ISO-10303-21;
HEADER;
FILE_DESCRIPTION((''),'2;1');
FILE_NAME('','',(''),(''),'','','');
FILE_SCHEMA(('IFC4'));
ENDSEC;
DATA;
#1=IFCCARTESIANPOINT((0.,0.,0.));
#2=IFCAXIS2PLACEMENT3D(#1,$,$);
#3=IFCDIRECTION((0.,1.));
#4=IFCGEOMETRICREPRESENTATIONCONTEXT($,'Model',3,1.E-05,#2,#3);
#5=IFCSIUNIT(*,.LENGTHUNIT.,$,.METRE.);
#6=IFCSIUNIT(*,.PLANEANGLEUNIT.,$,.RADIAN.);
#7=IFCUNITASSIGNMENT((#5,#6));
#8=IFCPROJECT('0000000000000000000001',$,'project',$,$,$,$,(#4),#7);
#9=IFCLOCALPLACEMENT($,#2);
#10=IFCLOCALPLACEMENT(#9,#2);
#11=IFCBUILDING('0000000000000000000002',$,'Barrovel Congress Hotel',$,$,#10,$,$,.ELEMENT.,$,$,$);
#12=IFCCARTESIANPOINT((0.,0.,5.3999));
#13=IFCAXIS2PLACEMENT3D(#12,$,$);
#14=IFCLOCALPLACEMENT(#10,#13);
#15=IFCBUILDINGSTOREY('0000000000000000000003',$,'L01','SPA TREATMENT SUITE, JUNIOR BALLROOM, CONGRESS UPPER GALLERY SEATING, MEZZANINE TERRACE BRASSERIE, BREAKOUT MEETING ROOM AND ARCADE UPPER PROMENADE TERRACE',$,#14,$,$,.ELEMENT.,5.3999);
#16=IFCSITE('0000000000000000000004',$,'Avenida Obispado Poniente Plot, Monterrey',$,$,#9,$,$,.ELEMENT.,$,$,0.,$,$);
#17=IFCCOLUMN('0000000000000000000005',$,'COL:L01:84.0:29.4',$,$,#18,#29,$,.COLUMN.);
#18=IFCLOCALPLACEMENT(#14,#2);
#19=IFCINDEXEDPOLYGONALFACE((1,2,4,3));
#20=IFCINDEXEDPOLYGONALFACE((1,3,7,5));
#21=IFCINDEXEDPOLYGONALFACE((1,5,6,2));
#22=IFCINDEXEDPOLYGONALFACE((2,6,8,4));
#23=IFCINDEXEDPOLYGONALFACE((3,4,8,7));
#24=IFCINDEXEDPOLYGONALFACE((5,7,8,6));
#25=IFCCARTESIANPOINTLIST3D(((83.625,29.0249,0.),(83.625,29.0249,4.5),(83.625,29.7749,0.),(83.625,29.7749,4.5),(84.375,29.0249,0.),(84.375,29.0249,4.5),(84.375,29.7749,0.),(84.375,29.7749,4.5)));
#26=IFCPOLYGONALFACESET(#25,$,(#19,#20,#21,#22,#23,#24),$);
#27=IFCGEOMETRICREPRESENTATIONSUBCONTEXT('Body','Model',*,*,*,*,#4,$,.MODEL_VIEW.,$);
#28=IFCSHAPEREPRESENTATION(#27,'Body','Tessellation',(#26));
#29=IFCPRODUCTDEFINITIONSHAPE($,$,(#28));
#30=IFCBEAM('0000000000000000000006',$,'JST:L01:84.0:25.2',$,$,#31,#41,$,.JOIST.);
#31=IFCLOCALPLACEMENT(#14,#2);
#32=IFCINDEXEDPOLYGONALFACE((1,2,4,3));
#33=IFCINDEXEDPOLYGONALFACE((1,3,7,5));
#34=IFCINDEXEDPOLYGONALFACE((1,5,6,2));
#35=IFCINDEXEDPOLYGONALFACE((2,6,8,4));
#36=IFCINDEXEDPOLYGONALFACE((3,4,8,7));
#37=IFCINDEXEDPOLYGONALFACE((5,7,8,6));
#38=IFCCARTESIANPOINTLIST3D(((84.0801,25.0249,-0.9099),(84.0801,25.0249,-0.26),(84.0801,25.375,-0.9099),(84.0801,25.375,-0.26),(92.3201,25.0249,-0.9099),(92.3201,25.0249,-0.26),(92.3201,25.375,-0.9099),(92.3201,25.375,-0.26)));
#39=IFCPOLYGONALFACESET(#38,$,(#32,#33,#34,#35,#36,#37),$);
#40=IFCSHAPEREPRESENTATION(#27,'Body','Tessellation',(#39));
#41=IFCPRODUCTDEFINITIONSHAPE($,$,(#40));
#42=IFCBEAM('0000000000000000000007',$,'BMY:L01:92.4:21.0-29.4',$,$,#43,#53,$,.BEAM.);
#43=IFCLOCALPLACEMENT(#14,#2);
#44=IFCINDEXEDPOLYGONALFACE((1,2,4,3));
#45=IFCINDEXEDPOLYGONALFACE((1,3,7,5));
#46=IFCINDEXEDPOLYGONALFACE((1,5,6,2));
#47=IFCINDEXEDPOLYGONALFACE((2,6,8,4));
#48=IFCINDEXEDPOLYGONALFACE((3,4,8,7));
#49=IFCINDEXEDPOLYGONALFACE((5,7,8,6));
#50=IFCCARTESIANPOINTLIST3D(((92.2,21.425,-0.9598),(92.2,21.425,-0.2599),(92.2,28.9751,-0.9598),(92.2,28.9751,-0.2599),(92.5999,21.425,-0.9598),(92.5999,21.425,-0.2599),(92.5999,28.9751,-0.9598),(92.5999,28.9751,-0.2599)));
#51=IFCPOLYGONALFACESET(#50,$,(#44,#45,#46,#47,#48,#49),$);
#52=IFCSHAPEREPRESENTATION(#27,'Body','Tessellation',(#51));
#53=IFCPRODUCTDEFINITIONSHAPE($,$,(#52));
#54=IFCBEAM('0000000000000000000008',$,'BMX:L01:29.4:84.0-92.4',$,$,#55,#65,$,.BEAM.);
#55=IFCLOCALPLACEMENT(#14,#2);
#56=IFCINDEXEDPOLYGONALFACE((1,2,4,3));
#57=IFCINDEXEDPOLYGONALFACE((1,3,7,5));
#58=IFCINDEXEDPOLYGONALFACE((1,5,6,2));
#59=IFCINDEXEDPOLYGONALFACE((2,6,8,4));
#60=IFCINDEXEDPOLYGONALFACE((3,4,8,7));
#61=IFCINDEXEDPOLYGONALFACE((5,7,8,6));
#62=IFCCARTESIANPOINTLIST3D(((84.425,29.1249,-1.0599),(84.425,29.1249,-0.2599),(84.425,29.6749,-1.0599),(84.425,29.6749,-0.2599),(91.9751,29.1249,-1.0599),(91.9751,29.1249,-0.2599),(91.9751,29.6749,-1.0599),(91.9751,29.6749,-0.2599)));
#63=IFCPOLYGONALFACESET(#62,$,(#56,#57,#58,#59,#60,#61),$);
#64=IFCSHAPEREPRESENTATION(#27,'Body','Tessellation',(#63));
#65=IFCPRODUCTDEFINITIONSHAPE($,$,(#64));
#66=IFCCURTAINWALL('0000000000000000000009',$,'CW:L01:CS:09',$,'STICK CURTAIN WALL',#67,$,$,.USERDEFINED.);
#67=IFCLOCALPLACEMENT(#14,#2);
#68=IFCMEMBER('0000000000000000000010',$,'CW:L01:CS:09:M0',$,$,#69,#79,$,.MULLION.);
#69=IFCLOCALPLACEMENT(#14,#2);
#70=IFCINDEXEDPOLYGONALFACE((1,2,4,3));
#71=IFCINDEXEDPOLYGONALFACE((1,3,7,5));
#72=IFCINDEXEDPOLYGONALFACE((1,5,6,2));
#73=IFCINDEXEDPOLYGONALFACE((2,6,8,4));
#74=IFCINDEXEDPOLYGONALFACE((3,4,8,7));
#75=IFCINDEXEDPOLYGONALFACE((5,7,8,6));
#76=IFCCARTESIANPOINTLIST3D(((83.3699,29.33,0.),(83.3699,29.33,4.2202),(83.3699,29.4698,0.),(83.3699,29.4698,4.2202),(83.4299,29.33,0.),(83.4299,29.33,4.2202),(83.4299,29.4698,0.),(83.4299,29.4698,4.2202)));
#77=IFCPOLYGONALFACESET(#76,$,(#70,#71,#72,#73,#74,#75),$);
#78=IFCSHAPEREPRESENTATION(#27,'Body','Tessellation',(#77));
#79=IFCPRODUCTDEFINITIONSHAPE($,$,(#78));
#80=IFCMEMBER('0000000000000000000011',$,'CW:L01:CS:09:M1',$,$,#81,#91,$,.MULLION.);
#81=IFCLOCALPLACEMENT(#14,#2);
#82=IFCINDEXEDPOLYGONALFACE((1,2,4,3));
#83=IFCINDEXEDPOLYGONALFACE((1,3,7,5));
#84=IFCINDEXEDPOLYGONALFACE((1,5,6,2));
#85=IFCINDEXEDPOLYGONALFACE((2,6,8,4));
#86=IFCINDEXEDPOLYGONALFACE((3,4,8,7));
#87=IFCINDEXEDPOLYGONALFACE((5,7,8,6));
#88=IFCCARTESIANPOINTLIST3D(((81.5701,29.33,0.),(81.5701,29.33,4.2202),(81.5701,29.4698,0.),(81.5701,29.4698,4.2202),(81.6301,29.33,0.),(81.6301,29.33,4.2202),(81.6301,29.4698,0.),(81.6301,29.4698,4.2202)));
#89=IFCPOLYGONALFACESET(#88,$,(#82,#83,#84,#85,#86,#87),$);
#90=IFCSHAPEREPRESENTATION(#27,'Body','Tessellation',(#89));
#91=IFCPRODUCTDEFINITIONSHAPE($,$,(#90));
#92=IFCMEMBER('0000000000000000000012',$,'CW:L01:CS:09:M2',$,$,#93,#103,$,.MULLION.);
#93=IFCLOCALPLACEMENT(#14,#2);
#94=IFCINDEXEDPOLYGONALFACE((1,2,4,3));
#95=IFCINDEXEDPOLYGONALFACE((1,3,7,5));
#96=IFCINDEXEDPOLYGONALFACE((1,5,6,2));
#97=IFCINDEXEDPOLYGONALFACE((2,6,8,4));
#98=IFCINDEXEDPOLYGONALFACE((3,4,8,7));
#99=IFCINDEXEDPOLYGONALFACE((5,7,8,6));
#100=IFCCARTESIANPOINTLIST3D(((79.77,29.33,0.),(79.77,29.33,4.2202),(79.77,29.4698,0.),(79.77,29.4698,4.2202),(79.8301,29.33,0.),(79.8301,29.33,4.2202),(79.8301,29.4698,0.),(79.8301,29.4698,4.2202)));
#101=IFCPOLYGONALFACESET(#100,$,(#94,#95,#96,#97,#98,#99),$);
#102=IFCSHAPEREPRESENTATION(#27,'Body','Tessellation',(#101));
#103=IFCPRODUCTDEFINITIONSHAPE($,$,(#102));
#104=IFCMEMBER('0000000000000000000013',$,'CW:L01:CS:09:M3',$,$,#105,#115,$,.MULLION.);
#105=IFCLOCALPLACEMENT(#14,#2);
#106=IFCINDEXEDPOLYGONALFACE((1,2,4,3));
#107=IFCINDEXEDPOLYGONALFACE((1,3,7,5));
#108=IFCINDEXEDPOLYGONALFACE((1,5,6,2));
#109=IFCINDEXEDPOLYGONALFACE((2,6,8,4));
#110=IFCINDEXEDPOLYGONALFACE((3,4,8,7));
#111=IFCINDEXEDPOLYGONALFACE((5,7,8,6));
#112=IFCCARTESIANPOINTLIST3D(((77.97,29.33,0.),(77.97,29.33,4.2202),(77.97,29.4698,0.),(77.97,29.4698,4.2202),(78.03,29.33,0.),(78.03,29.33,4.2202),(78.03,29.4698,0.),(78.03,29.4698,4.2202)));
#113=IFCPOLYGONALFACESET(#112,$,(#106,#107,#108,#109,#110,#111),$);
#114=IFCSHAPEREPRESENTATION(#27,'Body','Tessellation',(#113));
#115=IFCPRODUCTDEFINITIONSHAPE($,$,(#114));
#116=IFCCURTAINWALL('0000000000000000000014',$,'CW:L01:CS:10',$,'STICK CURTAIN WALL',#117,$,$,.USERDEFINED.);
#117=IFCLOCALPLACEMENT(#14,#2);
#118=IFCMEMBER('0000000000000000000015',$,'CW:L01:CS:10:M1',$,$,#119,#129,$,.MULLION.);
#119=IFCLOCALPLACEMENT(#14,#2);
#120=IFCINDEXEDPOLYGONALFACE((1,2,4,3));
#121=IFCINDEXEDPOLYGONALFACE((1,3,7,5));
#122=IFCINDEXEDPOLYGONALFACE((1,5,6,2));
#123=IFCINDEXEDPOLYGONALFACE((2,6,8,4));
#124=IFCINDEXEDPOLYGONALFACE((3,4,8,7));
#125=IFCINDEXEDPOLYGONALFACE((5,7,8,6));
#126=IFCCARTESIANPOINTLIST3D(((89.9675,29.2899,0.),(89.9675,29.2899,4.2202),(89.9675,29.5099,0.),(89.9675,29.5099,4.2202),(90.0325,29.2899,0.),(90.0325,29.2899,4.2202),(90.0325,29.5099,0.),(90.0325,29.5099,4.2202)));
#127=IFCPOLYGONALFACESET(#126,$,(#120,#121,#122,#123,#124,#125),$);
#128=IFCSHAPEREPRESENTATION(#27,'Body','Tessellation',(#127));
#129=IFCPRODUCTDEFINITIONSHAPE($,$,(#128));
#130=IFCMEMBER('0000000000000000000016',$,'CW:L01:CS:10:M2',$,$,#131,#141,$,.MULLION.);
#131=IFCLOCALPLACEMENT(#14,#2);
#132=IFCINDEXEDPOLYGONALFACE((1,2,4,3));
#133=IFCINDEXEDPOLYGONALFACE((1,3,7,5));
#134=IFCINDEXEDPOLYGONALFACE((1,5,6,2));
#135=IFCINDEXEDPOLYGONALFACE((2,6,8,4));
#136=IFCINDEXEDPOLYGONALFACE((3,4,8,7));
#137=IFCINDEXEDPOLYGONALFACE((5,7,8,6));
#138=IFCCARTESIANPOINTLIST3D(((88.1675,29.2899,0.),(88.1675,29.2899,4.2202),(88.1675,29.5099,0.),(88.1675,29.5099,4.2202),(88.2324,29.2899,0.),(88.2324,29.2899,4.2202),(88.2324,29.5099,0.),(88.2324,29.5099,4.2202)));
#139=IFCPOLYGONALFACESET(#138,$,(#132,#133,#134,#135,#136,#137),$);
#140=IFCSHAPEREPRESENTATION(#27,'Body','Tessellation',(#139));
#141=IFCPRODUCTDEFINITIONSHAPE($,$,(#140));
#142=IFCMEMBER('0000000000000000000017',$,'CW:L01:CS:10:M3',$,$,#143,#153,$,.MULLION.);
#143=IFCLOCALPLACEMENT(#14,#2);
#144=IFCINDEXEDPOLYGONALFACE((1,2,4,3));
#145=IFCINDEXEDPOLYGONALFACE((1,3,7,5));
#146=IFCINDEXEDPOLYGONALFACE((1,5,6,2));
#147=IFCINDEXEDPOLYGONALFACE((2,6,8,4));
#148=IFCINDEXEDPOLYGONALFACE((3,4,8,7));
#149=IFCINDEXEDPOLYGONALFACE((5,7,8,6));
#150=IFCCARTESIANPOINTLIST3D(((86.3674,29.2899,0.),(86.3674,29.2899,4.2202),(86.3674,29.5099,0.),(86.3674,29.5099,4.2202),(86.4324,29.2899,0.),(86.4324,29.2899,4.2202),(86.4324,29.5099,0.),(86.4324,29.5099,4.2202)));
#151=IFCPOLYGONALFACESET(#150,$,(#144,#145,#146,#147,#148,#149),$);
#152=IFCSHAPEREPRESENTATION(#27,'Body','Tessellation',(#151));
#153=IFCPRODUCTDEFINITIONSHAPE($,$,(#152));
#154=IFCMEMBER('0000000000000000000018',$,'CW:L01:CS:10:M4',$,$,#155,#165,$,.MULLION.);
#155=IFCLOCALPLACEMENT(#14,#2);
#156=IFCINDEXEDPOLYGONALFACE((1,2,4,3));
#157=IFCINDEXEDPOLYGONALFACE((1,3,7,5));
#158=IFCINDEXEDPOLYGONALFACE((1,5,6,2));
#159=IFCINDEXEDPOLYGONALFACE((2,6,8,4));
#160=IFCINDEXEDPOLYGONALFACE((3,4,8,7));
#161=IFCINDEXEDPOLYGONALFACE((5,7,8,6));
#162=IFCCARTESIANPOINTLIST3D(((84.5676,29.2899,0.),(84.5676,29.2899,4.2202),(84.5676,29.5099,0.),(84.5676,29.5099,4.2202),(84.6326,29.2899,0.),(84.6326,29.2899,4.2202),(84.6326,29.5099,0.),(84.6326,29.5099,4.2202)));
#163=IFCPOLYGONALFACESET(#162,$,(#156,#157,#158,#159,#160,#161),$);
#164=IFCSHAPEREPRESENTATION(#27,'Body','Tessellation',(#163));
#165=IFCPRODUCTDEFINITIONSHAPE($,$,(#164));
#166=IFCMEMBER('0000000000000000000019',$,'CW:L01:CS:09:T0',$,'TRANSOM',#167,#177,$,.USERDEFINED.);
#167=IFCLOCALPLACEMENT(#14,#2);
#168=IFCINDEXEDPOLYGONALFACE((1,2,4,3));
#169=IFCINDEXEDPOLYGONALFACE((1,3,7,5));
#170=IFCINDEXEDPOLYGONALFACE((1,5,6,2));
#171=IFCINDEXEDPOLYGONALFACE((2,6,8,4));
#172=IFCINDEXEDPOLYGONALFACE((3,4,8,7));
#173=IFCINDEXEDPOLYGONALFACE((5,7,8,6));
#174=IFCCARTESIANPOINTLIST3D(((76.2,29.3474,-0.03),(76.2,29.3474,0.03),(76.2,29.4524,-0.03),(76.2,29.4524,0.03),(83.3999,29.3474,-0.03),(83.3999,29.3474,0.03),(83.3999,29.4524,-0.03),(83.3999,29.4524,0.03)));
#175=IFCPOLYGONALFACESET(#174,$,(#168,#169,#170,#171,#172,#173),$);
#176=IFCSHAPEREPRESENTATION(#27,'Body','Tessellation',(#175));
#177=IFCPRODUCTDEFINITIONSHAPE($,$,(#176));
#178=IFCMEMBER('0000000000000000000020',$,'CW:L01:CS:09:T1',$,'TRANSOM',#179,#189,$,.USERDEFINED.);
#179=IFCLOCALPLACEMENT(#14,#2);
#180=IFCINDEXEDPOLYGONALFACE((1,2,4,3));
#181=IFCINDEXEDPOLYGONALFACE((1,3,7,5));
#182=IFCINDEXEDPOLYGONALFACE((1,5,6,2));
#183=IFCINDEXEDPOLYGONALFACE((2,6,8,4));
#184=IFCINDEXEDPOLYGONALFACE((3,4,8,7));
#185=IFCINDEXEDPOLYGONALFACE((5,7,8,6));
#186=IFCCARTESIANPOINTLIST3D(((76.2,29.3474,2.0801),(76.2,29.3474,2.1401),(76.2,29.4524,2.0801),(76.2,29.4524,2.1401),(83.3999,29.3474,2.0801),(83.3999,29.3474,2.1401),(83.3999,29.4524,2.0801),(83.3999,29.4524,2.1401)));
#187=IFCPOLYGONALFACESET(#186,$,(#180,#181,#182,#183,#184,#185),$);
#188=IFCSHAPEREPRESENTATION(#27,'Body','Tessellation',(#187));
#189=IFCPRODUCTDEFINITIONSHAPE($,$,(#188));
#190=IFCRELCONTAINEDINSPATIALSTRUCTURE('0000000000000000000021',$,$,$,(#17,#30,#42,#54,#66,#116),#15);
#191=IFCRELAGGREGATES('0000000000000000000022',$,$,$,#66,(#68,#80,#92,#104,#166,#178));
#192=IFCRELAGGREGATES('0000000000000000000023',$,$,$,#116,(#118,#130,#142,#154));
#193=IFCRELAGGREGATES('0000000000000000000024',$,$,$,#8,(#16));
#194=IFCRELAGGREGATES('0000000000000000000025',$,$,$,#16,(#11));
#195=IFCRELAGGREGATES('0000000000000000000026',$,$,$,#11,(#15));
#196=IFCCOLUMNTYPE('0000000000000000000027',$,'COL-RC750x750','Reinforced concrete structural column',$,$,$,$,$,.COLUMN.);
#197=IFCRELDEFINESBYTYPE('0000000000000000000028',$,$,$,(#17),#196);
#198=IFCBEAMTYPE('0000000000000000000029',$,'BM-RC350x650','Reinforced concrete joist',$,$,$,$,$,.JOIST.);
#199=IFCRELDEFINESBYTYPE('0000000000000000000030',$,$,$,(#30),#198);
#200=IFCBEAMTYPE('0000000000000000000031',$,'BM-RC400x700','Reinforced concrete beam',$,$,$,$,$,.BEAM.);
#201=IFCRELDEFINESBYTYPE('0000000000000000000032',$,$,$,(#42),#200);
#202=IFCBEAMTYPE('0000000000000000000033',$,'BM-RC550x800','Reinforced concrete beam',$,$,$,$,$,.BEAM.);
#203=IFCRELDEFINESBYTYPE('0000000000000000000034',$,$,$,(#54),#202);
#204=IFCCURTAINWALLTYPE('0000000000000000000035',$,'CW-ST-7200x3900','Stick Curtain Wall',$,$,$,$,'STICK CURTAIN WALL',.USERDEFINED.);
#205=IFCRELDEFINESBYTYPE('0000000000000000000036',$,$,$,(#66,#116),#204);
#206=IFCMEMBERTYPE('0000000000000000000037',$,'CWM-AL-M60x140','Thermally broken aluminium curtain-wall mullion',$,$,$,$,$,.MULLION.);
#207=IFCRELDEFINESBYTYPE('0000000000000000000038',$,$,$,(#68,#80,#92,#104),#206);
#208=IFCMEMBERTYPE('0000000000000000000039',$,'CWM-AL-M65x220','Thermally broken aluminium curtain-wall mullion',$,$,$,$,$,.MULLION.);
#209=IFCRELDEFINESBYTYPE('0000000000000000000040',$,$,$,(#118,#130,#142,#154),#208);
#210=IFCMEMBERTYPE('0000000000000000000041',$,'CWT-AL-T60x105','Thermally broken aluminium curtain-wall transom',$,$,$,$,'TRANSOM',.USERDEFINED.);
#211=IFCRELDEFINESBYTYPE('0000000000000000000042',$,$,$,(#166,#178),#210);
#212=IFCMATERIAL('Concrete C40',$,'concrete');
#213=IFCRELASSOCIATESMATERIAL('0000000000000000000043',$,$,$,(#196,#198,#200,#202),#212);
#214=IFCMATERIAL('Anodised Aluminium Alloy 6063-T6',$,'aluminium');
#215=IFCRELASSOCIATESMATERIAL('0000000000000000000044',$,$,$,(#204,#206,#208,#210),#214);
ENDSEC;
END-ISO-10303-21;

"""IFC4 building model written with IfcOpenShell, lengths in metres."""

from ifc_helpers import new_model, si_unit, direction, frame, origin, origin_2d, place, context, subcontext, project, spatial, rectangle, extrude, material, material_profile, profile_set, type_object, element, aggregate, save


model = new_model("IFC4")

# Units and contexts
model_context = context("Model", 3, precision=1e-05, world=origin(), true_north=direction((0.0, 1.0)))
body_context = subcontext(model_context, "Body", "Model", "MODEL_VIEW")
ifc_project = project(units=[si_unit("LENGTHUNIT", "METRE"), si_unit("PLANEANGLEUNIT", "RADIAN")], contexts=[model_context])

# Site, building, storey
site_placement = place(None, origin())
site = spatial("IfcSite", under=ifc_project, at=site_placement, Name="Avenida Obispado Poniente Plot, Monterrey", CompositionType="ELEMENT", RefElevation=0.0)
building_placement = place(site_placement, origin())
building = spatial("IfcBuilding", under=site, at=building_placement, Name="Barrovel Congress Hotel", CompositionType="ELEMENT")
storey_placement = place(building_placement, frame((0.0, 0.0, 5.3999)))
storey = spatial("IfcBuildingStorey", under=building, at=storey_placement, Name="L01", Description="SPA TREATMENT SUITE, JUNIOR BALLROOM, CONGRESS UPPER GALLERY SEATING, MEZZANINE TERRACE BRASSERIE, BREAKOUT MEETING ROOM AND ARCADE UPPER PROMENADE TERRACE", CompositionType="ELEMENT", Elevation=5.3999)

# Column
ifc_material_1 = material(Name="Concrete C40", Category="concrete")
ifc_material_profile_1 = material_profile(ifc_material_1, rectangle(XDim=0.75, YDim=0.75, at=origin_2d()), Name="RC750x750")
ifc_profile_set_1 = profile_set([ifc_material_profile_1], Name="Concrete C40")
column_type = type_object("IfcColumnType", Name="COL-RC750x750", Description="Reinforced concrete structural column", PredefinedType="COLUMN", material=ifc_profile_set_1)
column_placement = place(storey_placement, frame((84.0, 29.3999, 0.0), z_axis=(0.0, 0.0, 1.0), x_axis=(1.0, 0.0, 0.0)))
element("IfcColumn", 1, at=column_placement, inside=storey, type_object=column_type, Name="COL:L01:84.0:29.4", PredefinedType="COLUMN", context=body_context, shape_type="SweptSolid", body=[
    extrude(rectangle(XDim=0.75, YDim=0.75, at=origin_2d()), origin(), (0.0, 0.0, 1.0), 4.5),
])

# Beams
ifc_material_profile_2 = material_profile(ifc_material_1, rectangle(XDim=0.3501, YDim=0.6499, at=origin_2d()), Name="RC350x650")
ifc_profile_set_2 = profile_set([ifc_material_profile_2], Name="Concrete C40")
beam_type_1 = type_object("IfcBeamType", Name="BM-RC350x650", Description="Reinforced concrete joist", PredefinedType="JOIST", material=ifc_profile_set_2)
beam_1_placement = place(storey_placement, frame((84.0801, 25.2, -0.585), z_axis=(1.0, 0.0, 0.0), x_axis=(0.0, 1.0, 0.0)))
element("IfcBeam", 2, at=beam_1_placement, inside=storey, type_object=beam_type_1, Name="JST:L01:84.0:25.2", PredefinedType="JOIST", context=body_context, shape_type="SweptSolid", body=[
    extrude(rectangle(XDim=0.3501, YDim=0.6499, at=origin_2d()), origin(), (0.0, 0.0, 1.0), 8.24),
])
ifc_material_profile_3 = material_profile(ifc_material_1, rectangle(XDim=0.3999, YDim=0.7, at=origin_2d()), Name="RC400x700")
ifc_profile_set_3 = profile_set([ifc_material_profile_3], Name="Concrete C40")
beam_type_2 = type_object("IfcBeamType", Name="BM-RC400x700", Description="Reinforced concrete beam", PredefinedType="BEAM", material=ifc_profile_set_3)
beam_2_placement = place(storey_placement, frame((92.3999, 21.425, -0.6099), z_axis=(0.0, 1.0, 0.0), x_axis=(-1.0, 0.0, 0.0)))
element("IfcBeam", 3, at=beam_2_placement, inside=storey, type_object=beam_type_2, Name="BMY:L01:92.4:21.0-29.4", PredefinedType="BEAM", context=body_context, shape_type="SweptSolid", body=[
    extrude(rectangle(XDim=0.3999, YDim=0.7, at=origin_2d()), origin(), (0.0, 0.0, 1.0), 7.55),
])
ifc_material_profile_4 = material_profile(ifc_material_1, rectangle(XDim=0.55, YDim=0.8, at=origin_2d()), Name="RC550x800")
ifc_profile_set_4 = profile_set([ifc_material_profile_4], Name="Concrete C40")
beam_type_3 = type_object("IfcBeamType", Name="BM-RC550x800", Description="Reinforced concrete beam", PredefinedType="BEAM", material=ifc_profile_set_4)
beam_3_placement = place(storey_placement, frame((84.425, 29.3999, -0.6599), z_axis=(1.0, 0.0, 0.0), x_axis=(0.0, 1.0, 0.0)))
element("IfcBeam", 4, at=beam_3_placement, inside=storey, type_object=beam_type_3, Name="BMX:L01:29.4:84.0-92.4", PredefinedType="BEAM", context=body_context, shape_type="SweptSolid", body=[
    extrude(rectangle(XDim=0.55, YDim=0.8, at=origin_2d()), origin(), (0.0, 0.0, 1.0), 7.55),
])

# Curtain walls, members
ifc_material_2 = material(Name="Anodised Aluminium Alloy 6063-T6", Category="aluminium")
curtain_wall_type = type_object("IfcCurtainWallType", Name="CW-ST-7200x3900", Description="Stick Curtain Wall", ElementType="STICK CURTAIN WALL", PredefinedType="USERDEFINED", material=ifc_material_2)
curtain_wall_1_placement = place(storey_placement, origin())
curtain_wall_1 = element("IfcCurtainWall", 5, at=curtain_wall_1_placement, inside=storey, type_object=curtain_wall_type, Name="CW:L01:CS:09", ObjectType="STICK CURTAIN WALL", PredefinedType="USERDEFINED")
ifc_material_profile_5 = material_profile(ifc_material_2, rectangle(XDim=0.0601, YDim=0.1399, at=origin_2d()), Name="AL-M60x140")
ifc_profile_set_5 = profile_set([ifc_material_profile_5], Name="Anodised Aluminium Alloy 6063-T6")
member_type_1 = type_object("IfcMemberType", Name="CWM-AL-M60x140", Description="Thermally broken aluminium curtain-wall mullion", PredefinedType="MULLION", material=ifc_profile_set_5)
member_1_placement = place(storey_placement, frame((83.3999, 29.3999, 0.0), z_axis=(0.0, 0.0, 1.0), x_axis=(1.0, 0.0, 0.0)))
member_1 = element("IfcMember", 6, at=member_1_placement, type_object=member_type_1, Name="CW:L01:CS:09:M0", PredefinedType="MULLION", context=body_context, shape_type="SweptSolid", body=[
    extrude(rectangle(XDim=0.0601, YDim=0.1399, at=origin_2d()), origin(), (0.0, 0.0, 1.0), 4.2202),
])
member_2_placement = place(storey_placement, frame((81.6001, 29.3999, 0.0), z_axis=(0.0, 0.0, 1.0), x_axis=(1.0, 0.0, 0.0)))
member_2 = element("IfcMember", 7, at=member_2_placement, type_object=member_type_1, Name="CW:L01:CS:09:M1", PredefinedType="MULLION", context=body_context, shape_type="SweptSolid", body=[
    extrude(rectangle(XDim=0.0601, YDim=0.1399, at=origin_2d()), origin(), (0.0, 0.0, 1.0), 4.2202),
])
member_3_placement = place(storey_placement, frame((79.8, 29.3999, 0.0), z_axis=(0.0, 0.0, 1.0), x_axis=(1.0, 0.0, 0.0)))
member_3 = element("IfcMember", 8, at=member_3_placement, type_object=member_type_1, Name="CW:L01:CS:09:M2", PredefinedType="MULLION", context=body_context, shape_type="SweptSolid", body=[
    extrude(rectangle(XDim=0.0601, YDim=0.1399, at=origin_2d()), origin(), (0.0, 0.0, 1.0), 4.2202),
])
member_4_placement = place(storey_placement, frame((78.0, 29.3999, 0.0), z_axis=(0.0, 0.0, 1.0), x_axis=(1.0, 0.0, 0.0)))
member_4 = element("IfcMember", 9, at=member_4_placement, type_object=member_type_1, Name="CW:L01:CS:09:M3", PredefinedType="MULLION", context=body_context, shape_type="SweptSolid", body=[
    extrude(rectangle(XDim=0.0601, YDim=0.1399, at=origin_2d()), origin(), (0.0, 0.0, 1.0), 4.2202),
])
curtain_wall_2_placement = place(storey_placement, origin())
curtain_wall_2 = element("IfcCurtainWall", 10, at=curtain_wall_2_placement, inside=storey, type_object=curtain_wall_type, Name="CW:L01:CS:10", ObjectType="STICK CURTAIN WALL", PredefinedType="USERDEFINED")
ifc_material_profile_6 = material_profile(ifc_material_2, rectangle(XDim=0.0649, YDim=0.22, at=origin_2d()), Name="AL-M65x220")
ifc_profile_set_6 = profile_set([ifc_material_profile_6], Name="Anodised Aluminium Alloy 6063-T6")
member_type_2 = type_object("IfcMemberType", Name="CWM-AL-M65x220", Description="Thermally broken aluminium curtain-wall mullion", PredefinedType="MULLION", material=ifc_profile_set_6)
member_5_placement = place(storey_placement, frame((90.0, 29.3999, 0.0), z_axis=(0.0, 0.0, 1.0), x_axis=(1.0, 0.0, 0.0)))
member_5 = element("IfcMember", 11, at=member_5_placement, type_object=member_type_2, Name="CW:L01:CS:10:M1", PredefinedType="MULLION", context=body_context, shape_type="SweptSolid", body=[
    extrude(rectangle(XDim=0.0649, YDim=0.22, at=origin_2d()), origin(), (0.0, 0.0, 1.0), 4.2202),
])
member_6_placement = place(storey_placement, frame((88.2, 29.3999, 0.0), z_axis=(0.0, 0.0, 1.0), x_axis=(1.0, 0.0, 0.0)))
member_6 = element("IfcMember", 12, at=member_6_placement, type_object=member_type_2, Name="CW:L01:CS:10:M2", PredefinedType="MULLION", context=body_context, shape_type="SweptSolid", body=[
    extrude(rectangle(XDim=0.0649, YDim=0.22, at=origin_2d()), origin(), (0.0, 0.0, 1.0), 4.2202),
])
member_7_placement = place(storey_placement, frame((86.3999, 29.3999, 0.0), z_axis=(0.0, 0.0, 1.0), x_axis=(1.0, 0.0, 0.0)))
member_7 = element("IfcMember", 13, at=member_7_placement, type_object=member_type_2, Name="CW:L01:CS:10:M3", PredefinedType="MULLION", context=body_context, shape_type="SweptSolid", body=[
    extrude(rectangle(XDim=0.0649, YDim=0.22, at=origin_2d()), origin(), (0.0, 0.0, 1.0), 4.2202),
])
member_8_placement = place(storey_placement, frame((84.6001, 29.3999, 0.0), z_axis=(0.0, 0.0, 1.0), x_axis=(1.0, 0.0, 0.0)))
member_8 = element("IfcMember", 14, at=member_8_placement, type_object=member_type_2, Name="CW:L01:CS:10:M4", PredefinedType="MULLION", context=body_context, shape_type="SweptSolid", body=[
    extrude(rectangle(XDim=0.0649, YDim=0.22, at=origin_2d()), origin(), (0.0, 0.0, 1.0), 4.2202),
])

# Members
ifc_material_profile_7 = material_profile(ifc_material_2, rectangle(XDim=0.105, YDim=0.0601, at=origin_2d()), Name="AL-T60x105")
ifc_profile_set_7 = profile_set([ifc_material_profile_7], Name="Anodised Aluminium Alloy 6063-T6")
member_type_3 = type_object("IfcMemberType", Name="CWT-AL-T60x105", Description="Thermally broken aluminium curtain-wall transom", ElementType="TRANSOM", PredefinedType="USERDEFINED", material=ifc_profile_set_7)
member_9_placement = place(storey_placement, frame((83.3999, 29.3999, 0.0), z_axis=(-1.0, 0.0, 0.0), x_axis=(0.0, -1.0, 0.0)))
member_9 = element("IfcMember", 15, at=member_9_placement, type_object=member_type_3, Name="CW:L01:CS:09:T0", ObjectType="TRANSOM", PredefinedType="USERDEFINED", context=body_context, shape_type="SweptSolid", body=[
    extrude(rectangle(XDim=0.105, YDim=0.0601, at=origin_2d()), origin(), (0.0, 0.0, 1.0), 7.2),
])
member_10_placement = place(storey_placement, frame((83.3999, 29.3999, 2.1101), z_axis=(-1.0, 0.0, 0.0), x_axis=(0.0, -1.0, 0.0)))
member_10 = element("IfcMember", 16, at=member_10_placement, type_object=member_type_3, Name="CW:L01:CS:09:T1", ObjectType="TRANSOM", PredefinedType="USERDEFINED", context=body_context, shape_type="SweptSolid", body=[
    extrude(rectangle(XDim=0.105, YDim=0.0601, at=origin_2d()), origin(), (0.0, 0.0, 1.0), 7.2),
])

aggregate(curtain_wall_1, [member_1, member_2, member_3, member_4, member_9, member_10])
aggregate(curtain_wall_2, [member_5, member_6, member_7, member_8])

save(model, "model.ifc")
